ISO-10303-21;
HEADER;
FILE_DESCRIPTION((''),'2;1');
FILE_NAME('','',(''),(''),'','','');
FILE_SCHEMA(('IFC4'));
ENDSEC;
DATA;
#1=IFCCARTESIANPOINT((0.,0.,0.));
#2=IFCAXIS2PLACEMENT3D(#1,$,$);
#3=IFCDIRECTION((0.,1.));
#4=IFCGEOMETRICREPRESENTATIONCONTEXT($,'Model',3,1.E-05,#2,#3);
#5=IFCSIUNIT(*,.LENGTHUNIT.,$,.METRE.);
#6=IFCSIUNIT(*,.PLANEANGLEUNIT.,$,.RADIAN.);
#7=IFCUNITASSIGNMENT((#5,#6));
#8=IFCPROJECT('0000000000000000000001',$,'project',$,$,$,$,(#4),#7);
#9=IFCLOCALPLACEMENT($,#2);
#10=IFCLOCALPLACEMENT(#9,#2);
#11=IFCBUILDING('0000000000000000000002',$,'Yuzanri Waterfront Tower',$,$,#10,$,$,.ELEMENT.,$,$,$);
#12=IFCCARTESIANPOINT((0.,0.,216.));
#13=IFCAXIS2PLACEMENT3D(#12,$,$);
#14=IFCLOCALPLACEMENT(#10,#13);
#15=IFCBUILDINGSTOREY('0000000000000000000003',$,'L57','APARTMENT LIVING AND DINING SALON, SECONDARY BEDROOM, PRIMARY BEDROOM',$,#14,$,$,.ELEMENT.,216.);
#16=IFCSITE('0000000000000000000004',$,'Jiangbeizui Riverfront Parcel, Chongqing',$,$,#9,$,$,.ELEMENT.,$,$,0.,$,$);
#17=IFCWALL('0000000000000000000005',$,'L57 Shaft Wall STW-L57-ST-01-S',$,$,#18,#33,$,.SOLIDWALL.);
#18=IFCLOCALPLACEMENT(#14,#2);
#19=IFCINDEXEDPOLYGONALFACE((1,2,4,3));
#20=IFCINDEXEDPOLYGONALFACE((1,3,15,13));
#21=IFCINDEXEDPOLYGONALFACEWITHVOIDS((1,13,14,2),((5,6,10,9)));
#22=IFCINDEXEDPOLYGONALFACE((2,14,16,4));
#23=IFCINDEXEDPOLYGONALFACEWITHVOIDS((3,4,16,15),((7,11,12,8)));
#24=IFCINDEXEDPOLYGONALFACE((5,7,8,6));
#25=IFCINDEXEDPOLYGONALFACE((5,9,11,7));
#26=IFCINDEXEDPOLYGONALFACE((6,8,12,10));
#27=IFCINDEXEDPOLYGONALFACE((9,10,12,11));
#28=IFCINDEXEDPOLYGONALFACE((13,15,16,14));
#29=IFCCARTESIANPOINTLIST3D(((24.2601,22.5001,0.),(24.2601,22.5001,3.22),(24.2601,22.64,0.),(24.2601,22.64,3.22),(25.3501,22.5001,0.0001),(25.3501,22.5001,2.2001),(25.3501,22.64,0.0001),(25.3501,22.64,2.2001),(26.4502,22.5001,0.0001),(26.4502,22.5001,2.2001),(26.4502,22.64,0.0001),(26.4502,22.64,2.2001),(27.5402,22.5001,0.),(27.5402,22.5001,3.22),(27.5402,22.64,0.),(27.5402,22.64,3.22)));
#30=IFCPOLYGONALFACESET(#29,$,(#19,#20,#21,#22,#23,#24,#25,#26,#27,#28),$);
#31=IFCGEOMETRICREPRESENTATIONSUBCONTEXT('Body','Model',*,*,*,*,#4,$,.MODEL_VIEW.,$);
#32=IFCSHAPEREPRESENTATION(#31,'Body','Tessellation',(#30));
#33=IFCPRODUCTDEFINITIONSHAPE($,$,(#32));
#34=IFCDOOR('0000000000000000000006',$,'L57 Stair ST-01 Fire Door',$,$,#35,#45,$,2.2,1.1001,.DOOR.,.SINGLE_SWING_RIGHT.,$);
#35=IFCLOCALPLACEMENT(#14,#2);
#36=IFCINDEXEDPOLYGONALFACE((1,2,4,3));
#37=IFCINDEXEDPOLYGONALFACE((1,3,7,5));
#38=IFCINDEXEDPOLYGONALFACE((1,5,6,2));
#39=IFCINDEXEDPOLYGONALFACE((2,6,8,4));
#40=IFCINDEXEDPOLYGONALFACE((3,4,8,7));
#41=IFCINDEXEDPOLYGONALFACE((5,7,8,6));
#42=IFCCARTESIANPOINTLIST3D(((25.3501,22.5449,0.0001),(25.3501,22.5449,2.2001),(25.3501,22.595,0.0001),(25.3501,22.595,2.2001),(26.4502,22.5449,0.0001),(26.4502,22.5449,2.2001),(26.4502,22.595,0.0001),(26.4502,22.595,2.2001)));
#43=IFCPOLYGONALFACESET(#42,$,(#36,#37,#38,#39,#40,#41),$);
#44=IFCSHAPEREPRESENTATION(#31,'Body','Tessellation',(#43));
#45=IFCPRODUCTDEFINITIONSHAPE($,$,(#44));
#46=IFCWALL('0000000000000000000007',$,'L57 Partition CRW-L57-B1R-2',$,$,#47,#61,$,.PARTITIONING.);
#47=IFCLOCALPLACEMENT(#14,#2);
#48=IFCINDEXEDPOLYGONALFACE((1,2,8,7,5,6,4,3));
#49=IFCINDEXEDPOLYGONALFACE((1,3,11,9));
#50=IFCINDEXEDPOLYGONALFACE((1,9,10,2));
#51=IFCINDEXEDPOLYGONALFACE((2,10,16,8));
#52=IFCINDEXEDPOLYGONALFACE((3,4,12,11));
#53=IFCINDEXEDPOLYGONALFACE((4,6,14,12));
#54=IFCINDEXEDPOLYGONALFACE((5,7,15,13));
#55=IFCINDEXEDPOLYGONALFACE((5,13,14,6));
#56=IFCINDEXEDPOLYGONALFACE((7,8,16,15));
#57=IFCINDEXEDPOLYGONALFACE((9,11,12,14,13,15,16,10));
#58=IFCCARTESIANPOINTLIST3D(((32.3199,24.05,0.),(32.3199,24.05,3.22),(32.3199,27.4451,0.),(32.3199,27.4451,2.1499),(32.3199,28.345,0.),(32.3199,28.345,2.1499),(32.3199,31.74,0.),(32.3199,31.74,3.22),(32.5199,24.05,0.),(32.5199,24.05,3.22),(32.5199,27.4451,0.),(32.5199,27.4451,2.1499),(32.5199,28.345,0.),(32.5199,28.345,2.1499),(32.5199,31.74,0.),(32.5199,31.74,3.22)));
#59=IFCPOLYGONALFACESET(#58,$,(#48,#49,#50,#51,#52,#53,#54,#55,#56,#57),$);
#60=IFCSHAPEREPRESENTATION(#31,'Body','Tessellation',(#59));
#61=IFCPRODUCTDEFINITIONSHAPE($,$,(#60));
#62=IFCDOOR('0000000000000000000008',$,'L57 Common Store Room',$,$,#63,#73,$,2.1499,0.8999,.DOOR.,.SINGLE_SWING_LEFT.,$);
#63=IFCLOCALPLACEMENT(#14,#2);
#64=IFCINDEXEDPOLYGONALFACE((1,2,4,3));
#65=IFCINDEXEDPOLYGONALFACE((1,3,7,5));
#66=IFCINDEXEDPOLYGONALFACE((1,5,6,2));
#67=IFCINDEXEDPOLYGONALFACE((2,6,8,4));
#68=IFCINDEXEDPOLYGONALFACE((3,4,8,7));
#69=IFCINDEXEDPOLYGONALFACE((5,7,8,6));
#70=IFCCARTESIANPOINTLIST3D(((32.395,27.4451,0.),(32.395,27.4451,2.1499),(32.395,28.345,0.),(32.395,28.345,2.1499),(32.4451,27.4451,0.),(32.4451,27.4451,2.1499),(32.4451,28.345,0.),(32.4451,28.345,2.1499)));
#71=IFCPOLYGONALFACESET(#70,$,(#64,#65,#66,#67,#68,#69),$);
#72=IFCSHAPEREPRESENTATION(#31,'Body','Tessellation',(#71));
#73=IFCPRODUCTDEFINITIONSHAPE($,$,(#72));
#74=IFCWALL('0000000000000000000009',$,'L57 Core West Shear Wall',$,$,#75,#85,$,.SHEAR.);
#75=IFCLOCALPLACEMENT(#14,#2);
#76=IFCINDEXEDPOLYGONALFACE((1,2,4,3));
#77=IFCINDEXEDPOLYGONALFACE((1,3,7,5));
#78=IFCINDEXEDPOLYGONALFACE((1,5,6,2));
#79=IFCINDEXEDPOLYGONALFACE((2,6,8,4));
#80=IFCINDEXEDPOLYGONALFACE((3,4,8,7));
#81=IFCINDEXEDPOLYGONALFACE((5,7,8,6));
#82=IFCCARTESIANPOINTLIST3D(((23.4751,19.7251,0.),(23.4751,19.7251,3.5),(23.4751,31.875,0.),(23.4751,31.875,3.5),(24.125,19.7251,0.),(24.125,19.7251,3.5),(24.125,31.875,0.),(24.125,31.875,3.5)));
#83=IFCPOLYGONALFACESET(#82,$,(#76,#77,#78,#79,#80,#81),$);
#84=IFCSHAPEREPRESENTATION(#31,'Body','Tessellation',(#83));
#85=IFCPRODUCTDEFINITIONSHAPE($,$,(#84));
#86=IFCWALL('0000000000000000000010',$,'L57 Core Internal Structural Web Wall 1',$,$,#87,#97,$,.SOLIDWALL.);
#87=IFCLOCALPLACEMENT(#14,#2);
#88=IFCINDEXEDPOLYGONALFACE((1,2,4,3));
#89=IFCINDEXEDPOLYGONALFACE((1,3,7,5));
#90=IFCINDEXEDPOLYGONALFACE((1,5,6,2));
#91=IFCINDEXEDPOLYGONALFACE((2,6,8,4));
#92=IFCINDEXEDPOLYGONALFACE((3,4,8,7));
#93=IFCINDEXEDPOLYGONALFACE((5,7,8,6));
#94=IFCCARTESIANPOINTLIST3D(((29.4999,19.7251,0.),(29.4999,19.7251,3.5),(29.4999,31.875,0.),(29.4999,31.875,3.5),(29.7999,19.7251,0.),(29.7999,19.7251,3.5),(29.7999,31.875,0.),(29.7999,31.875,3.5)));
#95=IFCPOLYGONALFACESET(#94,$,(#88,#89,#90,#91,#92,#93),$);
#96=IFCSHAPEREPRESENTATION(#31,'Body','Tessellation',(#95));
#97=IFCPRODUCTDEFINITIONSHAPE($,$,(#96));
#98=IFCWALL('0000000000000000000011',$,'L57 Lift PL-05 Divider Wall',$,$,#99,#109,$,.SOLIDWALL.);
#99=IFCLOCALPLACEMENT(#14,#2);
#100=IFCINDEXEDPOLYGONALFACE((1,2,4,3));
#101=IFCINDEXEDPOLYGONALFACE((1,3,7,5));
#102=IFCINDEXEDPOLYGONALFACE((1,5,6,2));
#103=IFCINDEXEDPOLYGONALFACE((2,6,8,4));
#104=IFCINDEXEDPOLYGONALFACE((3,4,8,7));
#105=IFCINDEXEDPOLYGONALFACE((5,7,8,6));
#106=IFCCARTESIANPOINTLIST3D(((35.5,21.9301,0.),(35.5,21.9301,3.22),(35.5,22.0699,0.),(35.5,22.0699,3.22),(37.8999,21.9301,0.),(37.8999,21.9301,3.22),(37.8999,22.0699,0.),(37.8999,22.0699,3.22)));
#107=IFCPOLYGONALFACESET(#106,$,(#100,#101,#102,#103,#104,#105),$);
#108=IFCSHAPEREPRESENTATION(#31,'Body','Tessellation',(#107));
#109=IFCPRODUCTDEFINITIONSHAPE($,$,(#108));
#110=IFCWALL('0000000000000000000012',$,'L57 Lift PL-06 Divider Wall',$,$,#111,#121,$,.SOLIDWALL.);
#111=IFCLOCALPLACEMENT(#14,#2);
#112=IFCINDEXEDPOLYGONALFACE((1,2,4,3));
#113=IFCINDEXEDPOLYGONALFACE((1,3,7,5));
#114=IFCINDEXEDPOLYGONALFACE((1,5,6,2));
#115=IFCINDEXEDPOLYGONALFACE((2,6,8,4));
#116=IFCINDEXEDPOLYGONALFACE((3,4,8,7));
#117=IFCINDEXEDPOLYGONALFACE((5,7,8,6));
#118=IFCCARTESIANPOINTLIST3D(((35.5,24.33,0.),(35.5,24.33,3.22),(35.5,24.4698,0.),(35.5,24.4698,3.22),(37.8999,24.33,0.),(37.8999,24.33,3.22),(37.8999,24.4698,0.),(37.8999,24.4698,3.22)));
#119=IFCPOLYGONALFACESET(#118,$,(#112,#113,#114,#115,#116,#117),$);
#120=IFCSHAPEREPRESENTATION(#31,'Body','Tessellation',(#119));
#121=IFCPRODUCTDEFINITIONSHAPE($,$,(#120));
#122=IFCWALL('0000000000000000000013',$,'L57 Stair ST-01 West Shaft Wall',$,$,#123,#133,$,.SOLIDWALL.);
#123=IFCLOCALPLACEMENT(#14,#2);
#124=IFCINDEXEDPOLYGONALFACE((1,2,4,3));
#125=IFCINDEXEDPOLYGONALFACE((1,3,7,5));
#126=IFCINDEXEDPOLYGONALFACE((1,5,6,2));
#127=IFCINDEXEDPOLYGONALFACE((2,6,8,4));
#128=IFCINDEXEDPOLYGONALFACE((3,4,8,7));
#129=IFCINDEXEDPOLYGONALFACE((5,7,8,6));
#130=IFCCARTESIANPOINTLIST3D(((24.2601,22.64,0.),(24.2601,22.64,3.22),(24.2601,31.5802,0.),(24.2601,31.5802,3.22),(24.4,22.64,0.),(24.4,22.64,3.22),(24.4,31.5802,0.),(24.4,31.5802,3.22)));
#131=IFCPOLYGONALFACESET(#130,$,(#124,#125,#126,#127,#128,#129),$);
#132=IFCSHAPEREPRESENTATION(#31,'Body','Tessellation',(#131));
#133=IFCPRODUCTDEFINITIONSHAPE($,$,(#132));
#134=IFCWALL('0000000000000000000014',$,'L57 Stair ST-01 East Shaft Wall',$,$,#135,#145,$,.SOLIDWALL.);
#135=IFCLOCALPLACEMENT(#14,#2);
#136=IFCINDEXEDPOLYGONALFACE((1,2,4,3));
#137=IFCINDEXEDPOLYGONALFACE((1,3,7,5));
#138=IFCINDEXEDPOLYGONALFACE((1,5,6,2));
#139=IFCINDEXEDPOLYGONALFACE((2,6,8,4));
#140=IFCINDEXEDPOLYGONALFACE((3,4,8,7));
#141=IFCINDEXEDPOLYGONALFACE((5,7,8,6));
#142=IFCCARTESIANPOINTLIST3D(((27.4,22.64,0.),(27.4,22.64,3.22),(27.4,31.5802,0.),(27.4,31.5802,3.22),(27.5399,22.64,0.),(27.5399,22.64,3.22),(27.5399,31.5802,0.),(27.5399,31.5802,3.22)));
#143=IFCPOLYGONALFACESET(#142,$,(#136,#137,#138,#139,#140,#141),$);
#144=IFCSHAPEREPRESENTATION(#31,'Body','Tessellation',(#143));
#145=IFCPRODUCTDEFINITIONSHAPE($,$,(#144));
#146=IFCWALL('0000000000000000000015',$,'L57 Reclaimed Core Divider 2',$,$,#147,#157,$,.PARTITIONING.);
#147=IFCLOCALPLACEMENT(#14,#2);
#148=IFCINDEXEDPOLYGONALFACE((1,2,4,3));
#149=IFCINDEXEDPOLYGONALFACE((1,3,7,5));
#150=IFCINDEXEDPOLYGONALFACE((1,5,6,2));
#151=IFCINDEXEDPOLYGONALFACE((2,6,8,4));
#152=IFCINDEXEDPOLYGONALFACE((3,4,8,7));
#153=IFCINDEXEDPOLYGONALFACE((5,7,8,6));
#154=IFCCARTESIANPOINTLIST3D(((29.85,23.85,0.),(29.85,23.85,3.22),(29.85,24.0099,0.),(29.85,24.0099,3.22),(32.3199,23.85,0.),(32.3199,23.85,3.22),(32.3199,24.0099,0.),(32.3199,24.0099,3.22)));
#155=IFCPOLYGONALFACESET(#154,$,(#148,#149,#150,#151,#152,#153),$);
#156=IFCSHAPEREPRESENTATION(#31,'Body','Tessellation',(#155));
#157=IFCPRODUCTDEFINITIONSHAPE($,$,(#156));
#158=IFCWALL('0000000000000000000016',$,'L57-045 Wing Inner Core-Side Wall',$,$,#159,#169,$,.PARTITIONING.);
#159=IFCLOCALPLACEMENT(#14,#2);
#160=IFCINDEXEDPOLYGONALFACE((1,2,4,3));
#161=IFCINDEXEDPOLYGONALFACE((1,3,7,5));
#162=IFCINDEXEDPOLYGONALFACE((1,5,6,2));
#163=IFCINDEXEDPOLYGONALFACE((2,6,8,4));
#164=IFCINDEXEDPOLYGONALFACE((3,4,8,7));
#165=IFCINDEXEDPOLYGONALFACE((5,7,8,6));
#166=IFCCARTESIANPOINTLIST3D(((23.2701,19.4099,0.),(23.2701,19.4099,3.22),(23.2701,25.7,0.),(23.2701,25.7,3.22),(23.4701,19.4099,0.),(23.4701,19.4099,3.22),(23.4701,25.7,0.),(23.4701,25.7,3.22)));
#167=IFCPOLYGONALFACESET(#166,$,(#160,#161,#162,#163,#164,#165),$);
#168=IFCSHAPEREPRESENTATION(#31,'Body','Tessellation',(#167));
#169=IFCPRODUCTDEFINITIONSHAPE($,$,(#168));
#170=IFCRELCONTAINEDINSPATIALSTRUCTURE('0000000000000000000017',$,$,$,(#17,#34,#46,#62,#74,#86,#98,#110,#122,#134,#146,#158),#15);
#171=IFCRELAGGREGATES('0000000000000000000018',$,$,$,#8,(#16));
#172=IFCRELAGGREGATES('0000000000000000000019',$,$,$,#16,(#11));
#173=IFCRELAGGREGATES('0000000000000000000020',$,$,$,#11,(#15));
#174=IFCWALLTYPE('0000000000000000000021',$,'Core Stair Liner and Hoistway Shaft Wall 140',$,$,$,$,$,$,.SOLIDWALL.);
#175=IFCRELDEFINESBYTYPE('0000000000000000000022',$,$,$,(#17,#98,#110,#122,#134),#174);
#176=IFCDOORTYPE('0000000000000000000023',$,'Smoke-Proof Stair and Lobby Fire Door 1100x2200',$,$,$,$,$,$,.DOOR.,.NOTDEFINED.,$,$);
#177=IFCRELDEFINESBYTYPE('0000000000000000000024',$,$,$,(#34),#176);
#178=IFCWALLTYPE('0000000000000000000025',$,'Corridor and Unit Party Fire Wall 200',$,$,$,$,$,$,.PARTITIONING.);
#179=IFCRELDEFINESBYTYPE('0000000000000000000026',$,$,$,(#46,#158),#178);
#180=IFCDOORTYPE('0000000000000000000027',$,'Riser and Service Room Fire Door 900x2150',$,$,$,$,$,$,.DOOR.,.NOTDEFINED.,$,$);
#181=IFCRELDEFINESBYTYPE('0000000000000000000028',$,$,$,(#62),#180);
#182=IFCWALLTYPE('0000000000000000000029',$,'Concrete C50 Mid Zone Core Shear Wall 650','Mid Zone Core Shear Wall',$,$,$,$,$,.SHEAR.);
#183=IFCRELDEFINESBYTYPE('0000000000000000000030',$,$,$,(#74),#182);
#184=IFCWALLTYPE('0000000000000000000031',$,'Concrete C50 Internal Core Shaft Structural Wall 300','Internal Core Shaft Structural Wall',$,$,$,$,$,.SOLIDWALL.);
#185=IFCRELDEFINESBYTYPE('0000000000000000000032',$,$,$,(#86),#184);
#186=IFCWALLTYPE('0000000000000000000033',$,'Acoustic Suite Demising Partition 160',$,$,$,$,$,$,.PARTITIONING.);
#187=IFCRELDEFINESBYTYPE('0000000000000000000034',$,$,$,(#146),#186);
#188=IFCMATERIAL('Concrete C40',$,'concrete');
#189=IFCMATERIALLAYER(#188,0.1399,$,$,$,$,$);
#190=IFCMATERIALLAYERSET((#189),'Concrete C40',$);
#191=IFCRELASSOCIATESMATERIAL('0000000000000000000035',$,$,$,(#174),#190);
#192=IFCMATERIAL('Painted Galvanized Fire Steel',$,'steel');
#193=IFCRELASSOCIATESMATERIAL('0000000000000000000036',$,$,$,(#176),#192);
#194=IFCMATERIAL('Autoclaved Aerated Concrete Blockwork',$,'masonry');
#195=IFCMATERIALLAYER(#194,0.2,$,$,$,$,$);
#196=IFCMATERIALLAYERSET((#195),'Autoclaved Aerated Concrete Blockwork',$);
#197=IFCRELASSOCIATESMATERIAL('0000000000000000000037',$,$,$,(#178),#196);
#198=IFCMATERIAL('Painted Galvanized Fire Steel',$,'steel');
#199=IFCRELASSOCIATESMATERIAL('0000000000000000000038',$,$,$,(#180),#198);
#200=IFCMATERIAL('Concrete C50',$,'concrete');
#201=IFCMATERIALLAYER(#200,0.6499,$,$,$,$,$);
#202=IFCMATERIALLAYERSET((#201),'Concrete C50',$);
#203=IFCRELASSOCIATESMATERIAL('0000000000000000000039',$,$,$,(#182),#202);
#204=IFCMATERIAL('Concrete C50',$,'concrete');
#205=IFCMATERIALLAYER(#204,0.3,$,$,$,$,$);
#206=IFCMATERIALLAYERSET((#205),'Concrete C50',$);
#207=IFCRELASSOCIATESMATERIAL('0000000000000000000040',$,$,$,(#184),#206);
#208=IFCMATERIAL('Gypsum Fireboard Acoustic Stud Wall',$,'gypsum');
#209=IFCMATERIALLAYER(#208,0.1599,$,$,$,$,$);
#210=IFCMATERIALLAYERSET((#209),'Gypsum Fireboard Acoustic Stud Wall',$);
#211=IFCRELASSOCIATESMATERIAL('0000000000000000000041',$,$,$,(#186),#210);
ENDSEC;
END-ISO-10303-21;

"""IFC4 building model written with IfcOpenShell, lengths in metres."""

from ifc_helpers import new_model, si_unit, direction, frame, frame_2d, origin, place, context, subcontext, project, spatial, rectangle, extrude, source, transform, mapped, material, layer, layer_set, type_object, element, fill, save


model = new_model("IFC4")

# Units and contexts
model_context = context("Model", 3, precision=1e-05, world=origin(), true_north=direction((0.0, 1.0)))
body_context = subcontext(model_context, "Body", "Model", "MODEL_VIEW")
ifc_project = project(units=[si_unit("LENGTHUNIT", "METRE"), si_unit("PLANEANGLEUNIT", "RADIAN")], contexts=[model_context])

# Site, building, storey
site_placement = place(None, origin())
site = spatial("IfcSite", under=ifc_project, at=site_placement, Name="Jiangbeizui Riverfront Parcel, Chongqing", CompositionType="ELEMENT", RefElevation=0.0)
building_placement = place(site_placement, origin())
building = spatial("IfcBuilding", under=site, at=building_placement, Name="Yuzanri Waterfront Tower", CompositionType="ELEMENT")
storey_placement = place(building_placement, frame((0.0, 0.0, 216.0)))
storey = spatial("IfcBuildingStorey", under=building, at=storey_placement, Name="L57", Description="APARTMENT LIVING AND DINING SALON, SECONDARY BEDROOM, PRIMARY BEDROOM", CompositionType="ELEMENT", Elevation=216.0)

# Walls, openings, doors
ifc_material_1 = material(Name="Concrete C40", Category="concrete")
ifc_layer_1 = layer(ifc_material_1, 0.1399)
ifc_layer_set_1 = layer_set([ifc_layer_1], Name="Concrete C40")
wall_type_1 = type_object("IfcWallType", Name="Core Stair Liner and Hoistway Shaft Wall 140", PredefinedType="SOLIDWALL", material=ifc_layer_set_1)
wall_1_placement = place(storey_placement, frame((24.26, 22.5701, 0.0), z_axis=(0.0, 0.0, 1.0), x_axis=(1.0, 0.0, 0.0)))
wall_1 = element("IfcWall", 1, at=wall_1_placement, inside=storey, type_object=wall_type_1, Name="L57 Shaft Wall STW-L57-ST-01-S", PredefinedType="SOLIDWALL", context=body_context, shape_type="SweptSolid", body=[
    extrude(rectangle(XDim=3.28, YDim=0.1399, at=frame_2d((1.6401, 0.0))), origin(), (0.0, 0.0, 1.0), 3.22),
])
opening_1_placement = place(wall_1_placement, frame((1.0901, 0.0, 0.0)))
opening_1 = element("IfcOpeningElement", 2, at=opening_1_placement, cuts=wall_1, PredefinedType="OPENING", context=body_context, shape_type="SweptSolid", body=[
    extrude(rectangle(XDim=1.1001, YDim=2.2, at=frame_2d((0.55, 1.1001))), frame((0.0, 0.085, 0.0), z_axis=(0.0, -1.0, 0.0), x_axis=(1.0, 0.0, 0.0)), (0.0, 0.0, 1.0), 0.1697),
])
ifc_material_2 = material(Name="Painted Galvanized Fire Steel", Category="steel")
door_type_1 = type_object("IfcDoorType", Name="Smoke-Proof Stair and Lobby Fire Door 1100x2200", OperationType="NOTDEFINED", PredefinedType="DOOR", material=ifc_material_2)
shared_shape_1 = source(origin(), body_context, "Body", "SweptSolid", [
    extrude(rectangle(XDim=1.1001, YDim=2.2, at=frame_2d((0.55, 1.1001))), frame((0.0, 0.0249, 0.0), z_axis=(0.0, -1.0, 0.0), x_axis=(1.0, 0.0, 0.0)), (0.0, 0.0, 1.0), 0.05),
])
door_1_placement = place(opening_1_placement, origin())
door_1 = element("IfcDoor", 3, at=door_1_placement, inside=storey, type_object=door_type_1, Name="L57 Stair ST-01 Fire Door", OperationType="SINGLE_SWING_RIGHT", OverallHeight=2.2, OverallWidth=1.1001, PredefinedType="DOOR", context=body_context, shape_type="MappedRepresentation", body=[
    mapped(shared_shape_1, transform((0.0, 0.0, 0.0), scale=1.0)),
])
fill(opening_1, door_1)
ifc_material_3 = material(Name="Autoclaved Aerated Concrete Blockwork", Category="masonry")
ifc_layer_2 = layer(ifc_material_3, 0.2)
ifc_layer_set_2 = layer_set([ifc_layer_2], Name="Autoclaved Aerated Concrete Blockwork")
wall_type_2 = type_object("IfcWallType", Name="Corridor and Unit Party Fire Wall 200", PredefinedType="PARTITIONING", material=ifc_layer_set_2)
ifc_material_4 = material(Name="Painted Galvanized Fire Steel", Category="steel")
door_type_2 = type_object("IfcDoorType", Name="Riser and Service Room Fire Door 900x2150", OperationType="NOTDEFINED", PredefinedType="DOOR", material=ifc_material_4)
shared_shape_2 = source(origin(), body_context, "Body", "SweptSolid", [
    extrude(rectangle(XDim=0.8999, YDim=2.1499, at=frame_2d((0.45, 1.075))), frame((0.0, 0.0249, 0.0), z_axis=(0.0, -1.0, 0.0), x_axis=(1.0, 0.0, 0.0)), (0.0, 0.0, 1.0), 0.05),
])
wall_2_placement = place(storey_placement, frame((32.4199, 24.05, 0.0), z_axis=(0.0, 0.0, 1.0), x_axis=(0.0, 1.0, 0.0)))
wall_2 = element("IfcWall", 4, at=wall_2_placement, inside=storey, type_object=wall_type_2, Name="L57 Partition CRW-L57-B1R-2", PredefinedType="PARTITIONING", context=body_context, shape_type="SweptSolid", body=[
    extrude(rectangle(XDim=7.6899, YDim=0.2, at=frame_2d((3.845, 0.0))), origin(), (0.0, 0.0, 1.0), 3.22),
])
opening_2_placement = place(wall_2_placement, frame((3.395, 0.0, 0.0)))
opening_2 = element("IfcOpeningElement", 5, at=opening_2_placement, cuts=wall_2, PredefinedType="OPENING", context=body_context, shape_type="SweptSolid", body=[
    extrude(rectangle(XDim=0.8999, YDim=2.1499, at=frame_2d((0.45, 1.075))), frame((0.0, 0.1147, 0.0), z_axis=(0.0, -1.0, 0.0), x_axis=(1.0, 0.0, 0.0)), (0.0, 0.0, 1.0), 0.2297),
])
door_2_placement = place(opening_2_placement, origin())
door_2 = element("IfcDoor", 6, at=door_2_placement, inside=storey, type_object=door_type_2, Name="L57 Common Store Room", OperationType="SINGLE_SWING_LEFT", OverallHeight=2.1499, OverallWidth=0.8999, PredefinedType="DOOR", context=body_context, shape_type="MappedRepresentation", body=[
    mapped(shared_shape_2, transform((0.0, 0.0, 0.0), scale=1.0)),
])
fill(opening_2, door_2)

# Walls
ifc_material_5 = material(Name="Concrete C50", Category="concrete")
ifc_layer_3 = layer(ifc_material_5, 0.6499)
ifc_layer_set_3 = layer_set([ifc_layer_3], Name="Concrete C50")
wall_type_3 = type_object("IfcWallType", Name="Concrete C50 Mid Zone Core Shear Wall 650", Description="Mid Zone Core Shear Wall", PredefinedType="SHEAR", material=ifc_layer_set_3)
shared_shape_3 = source(origin(), body_context, "Body", "SweptSolid", [
    extrude(rectangle(XDim=12.1499, YDim=0.6499, at=frame_2d((6.075, 0.0))), origin(), (0.0, 0.0, 1.0), 3.5),
])
wall_3_placement = place(storey_placement, frame((23.8, 19.7251, 0.0), z_axis=(0.0, 0.0, 1.0), x_axis=(0.0, 1.0, 0.0)))
element("IfcWall", 7, at=wall_3_placement, inside=storey, type_object=wall_type_3, Name="L57 Core West Shear Wall", PredefinedType="SHEAR", context=body_context, shape_type="MappedRepresentation", body=[
    mapped(shared_shape_3, transform((0.0, 0.0, 0.0), scale=1.0)),
])
ifc_material_6 = material(Name="Concrete C50", Category="concrete")
ifc_layer_4 = layer(ifc_material_6, 0.3)
ifc_layer_set_4 = layer_set([ifc_layer_4], Name="Concrete C50")
wall_type_4 = type_object("IfcWallType", Name="Concrete C50 Internal Core Shaft Structural Wall 300", Description="Internal Core Shaft Structural Wall", PredefinedType="SOLIDWALL", material=ifc_layer_set_4)
shared_shape_4 = source(origin(), body_context, "Body", "SweptSolid", [
    extrude(rectangle(XDim=12.1499, YDim=0.3, at=frame_2d((6.075, 0.0))), origin(), (0.0, 0.0, 1.0), 3.5),
])
wall_4_placement = place(storey_placement, frame((29.6499, 19.7251, 0.0), z_axis=(0.0, 0.0, 1.0), x_axis=(0.0, 1.0, 0.0)))
element("IfcWall", 8, at=wall_4_placement, inside=storey, type_object=wall_type_4, Name="L57 Core Internal Structural Web Wall 1", PredefinedType="SOLIDWALL", context=body_context, shape_type="MappedRepresentation", body=[
    mapped(shared_shape_4, transform((0.0, 0.0, 0.0), scale=1.0)),
])
shared_shape_5 = source(origin(), body_context, "Body", "SweptSolid", [
    extrude(rectangle(XDim=2.3999, YDim=0.1399, at=frame_2d((1.2, 0.0))), origin(), (0.0, 0.0, 1.0), 3.22),
])
for number, where, z_axis, x_axis, name in (
    (9, (35.5, 22.0, 0.0), (0.0, 0.0, 1.0), (1.0, 0.0, 0.0), "L57 Lift PL-05 Divider Wall"),
    (10, (35.5, 24.3999, 0.0), (0.0, 0.0, 1.0), (1.0, 0.0, 0.0), "L57 Lift PL-06 Divider Wall"),
):
    element("IfcWall", number, at=place(storey_placement, frame(where, z_axis=z_axis, x_axis=x_axis)), inside=storey, type_object=wall_type_1, Name=name, PredefinedType="SOLIDWALL", context=body_context, shape_type="MappedRepresentation", body=[
        mapped(shared_shape_5, transform((0.0, 0.0, 0.0), scale=1.0)),
    ])
shared_shape_6 = source(origin(), body_context, "Body", "SweptSolid", [
    extrude(rectangle(XDim=8.9402, YDim=0.1399, at=frame_2d((4.4702, 0.0))), origin(), (0.0, 0.0, 1.0), 3.22),
])
for number, where, z_axis, x_axis, name in (
    (11, (24.3301, 22.6399, 0.0), (0.0, 0.0, 1.0), (0.0, 1.0, 0.0), "L57 Stair ST-01 West Shaft Wall"),
    (12, (27.47, 22.6399, 0.0), (0.0, 0.0, 1.0), (0.0, 1.0, 0.0), "L57 Stair ST-01 East Shaft Wall"),
):
    element("IfcWall", number, at=place(storey_placement, frame(where, z_axis=z_axis, x_axis=x_axis)), inside=storey, type_object=wall_type_1, Name=name, PredefinedType="SOLIDWALL", context=body_context, shape_type="MappedRepresentation", body=[
        mapped(shared_shape_6, transform((0.0, 0.0, 0.0), scale=1.0)),
    ])
ifc_material_7 = material(Name="Gypsum Fireboard Acoustic Stud Wall", Category="gypsum")
ifc_layer_5 = layer(ifc_material_7, 0.1599)
ifc_layer_set_5 = layer_set([ifc_layer_5], Name="Gypsum Fireboard Acoustic Stud Wall")
wall_type_5 = type_object("IfcWallType", Name="Acoustic Suite Demising Partition 160", PredefinedType="PARTITIONING", material=ifc_layer_set_5)
shared_shape_7 = source(origin(), body_context, "Body", "SweptSolid", [
    extrude(rectangle(XDim=2.47, YDim=0.1599, at=frame_2d((1.2349, 0.0))), origin(), (0.0, 0.0, 1.0), 3.22),
])
wall_5_placement = place(storey_placement, frame((29.8501, 23.9299, 0.0), z_axis=(0.0, 0.0, 1.0), x_axis=(1.0, 0.0, 0.0)))
element("IfcWall", 13, at=wall_5_placement, inside=storey, type_object=wall_type_5, Name="L57 Reclaimed Core Divider 2", PredefinedType="PARTITIONING", context=body_context, shape_type="MappedRepresentation", body=[
    mapped(shared_shape_7, transform((0.0, 0.0, 0.0), scale=1.0)),
])
shared_shape_8 = source(origin(), body_context, "Body", "SweptSolid", [
    extrude(rectangle(XDim=6.29, YDim=0.2, at=frame_2d((3.145, 0.0))), origin(), (0.0, 0.0, 1.0), 3.22),
])
wall_6_placement = place(storey_placement, frame((23.3701, 19.4099, 0.0), z_axis=(0.0, 0.0, 1.0), x_axis=(0.0, 1.0, 0.0)))
element("IfcWall", 14, at=wall_6_placement, inside=storey, type_object=wall_type_2, Name="L57-045 Wing Inner Core-Side Wall", PredefinedType="PARTITIONING", context=body_context, shape_type="MappedRepresentation", body=[
    mapped(shared_shape_8, transform((0.0, 0.0, 0.0), scale=1.0)),
])

save(model, "model.ifc")
